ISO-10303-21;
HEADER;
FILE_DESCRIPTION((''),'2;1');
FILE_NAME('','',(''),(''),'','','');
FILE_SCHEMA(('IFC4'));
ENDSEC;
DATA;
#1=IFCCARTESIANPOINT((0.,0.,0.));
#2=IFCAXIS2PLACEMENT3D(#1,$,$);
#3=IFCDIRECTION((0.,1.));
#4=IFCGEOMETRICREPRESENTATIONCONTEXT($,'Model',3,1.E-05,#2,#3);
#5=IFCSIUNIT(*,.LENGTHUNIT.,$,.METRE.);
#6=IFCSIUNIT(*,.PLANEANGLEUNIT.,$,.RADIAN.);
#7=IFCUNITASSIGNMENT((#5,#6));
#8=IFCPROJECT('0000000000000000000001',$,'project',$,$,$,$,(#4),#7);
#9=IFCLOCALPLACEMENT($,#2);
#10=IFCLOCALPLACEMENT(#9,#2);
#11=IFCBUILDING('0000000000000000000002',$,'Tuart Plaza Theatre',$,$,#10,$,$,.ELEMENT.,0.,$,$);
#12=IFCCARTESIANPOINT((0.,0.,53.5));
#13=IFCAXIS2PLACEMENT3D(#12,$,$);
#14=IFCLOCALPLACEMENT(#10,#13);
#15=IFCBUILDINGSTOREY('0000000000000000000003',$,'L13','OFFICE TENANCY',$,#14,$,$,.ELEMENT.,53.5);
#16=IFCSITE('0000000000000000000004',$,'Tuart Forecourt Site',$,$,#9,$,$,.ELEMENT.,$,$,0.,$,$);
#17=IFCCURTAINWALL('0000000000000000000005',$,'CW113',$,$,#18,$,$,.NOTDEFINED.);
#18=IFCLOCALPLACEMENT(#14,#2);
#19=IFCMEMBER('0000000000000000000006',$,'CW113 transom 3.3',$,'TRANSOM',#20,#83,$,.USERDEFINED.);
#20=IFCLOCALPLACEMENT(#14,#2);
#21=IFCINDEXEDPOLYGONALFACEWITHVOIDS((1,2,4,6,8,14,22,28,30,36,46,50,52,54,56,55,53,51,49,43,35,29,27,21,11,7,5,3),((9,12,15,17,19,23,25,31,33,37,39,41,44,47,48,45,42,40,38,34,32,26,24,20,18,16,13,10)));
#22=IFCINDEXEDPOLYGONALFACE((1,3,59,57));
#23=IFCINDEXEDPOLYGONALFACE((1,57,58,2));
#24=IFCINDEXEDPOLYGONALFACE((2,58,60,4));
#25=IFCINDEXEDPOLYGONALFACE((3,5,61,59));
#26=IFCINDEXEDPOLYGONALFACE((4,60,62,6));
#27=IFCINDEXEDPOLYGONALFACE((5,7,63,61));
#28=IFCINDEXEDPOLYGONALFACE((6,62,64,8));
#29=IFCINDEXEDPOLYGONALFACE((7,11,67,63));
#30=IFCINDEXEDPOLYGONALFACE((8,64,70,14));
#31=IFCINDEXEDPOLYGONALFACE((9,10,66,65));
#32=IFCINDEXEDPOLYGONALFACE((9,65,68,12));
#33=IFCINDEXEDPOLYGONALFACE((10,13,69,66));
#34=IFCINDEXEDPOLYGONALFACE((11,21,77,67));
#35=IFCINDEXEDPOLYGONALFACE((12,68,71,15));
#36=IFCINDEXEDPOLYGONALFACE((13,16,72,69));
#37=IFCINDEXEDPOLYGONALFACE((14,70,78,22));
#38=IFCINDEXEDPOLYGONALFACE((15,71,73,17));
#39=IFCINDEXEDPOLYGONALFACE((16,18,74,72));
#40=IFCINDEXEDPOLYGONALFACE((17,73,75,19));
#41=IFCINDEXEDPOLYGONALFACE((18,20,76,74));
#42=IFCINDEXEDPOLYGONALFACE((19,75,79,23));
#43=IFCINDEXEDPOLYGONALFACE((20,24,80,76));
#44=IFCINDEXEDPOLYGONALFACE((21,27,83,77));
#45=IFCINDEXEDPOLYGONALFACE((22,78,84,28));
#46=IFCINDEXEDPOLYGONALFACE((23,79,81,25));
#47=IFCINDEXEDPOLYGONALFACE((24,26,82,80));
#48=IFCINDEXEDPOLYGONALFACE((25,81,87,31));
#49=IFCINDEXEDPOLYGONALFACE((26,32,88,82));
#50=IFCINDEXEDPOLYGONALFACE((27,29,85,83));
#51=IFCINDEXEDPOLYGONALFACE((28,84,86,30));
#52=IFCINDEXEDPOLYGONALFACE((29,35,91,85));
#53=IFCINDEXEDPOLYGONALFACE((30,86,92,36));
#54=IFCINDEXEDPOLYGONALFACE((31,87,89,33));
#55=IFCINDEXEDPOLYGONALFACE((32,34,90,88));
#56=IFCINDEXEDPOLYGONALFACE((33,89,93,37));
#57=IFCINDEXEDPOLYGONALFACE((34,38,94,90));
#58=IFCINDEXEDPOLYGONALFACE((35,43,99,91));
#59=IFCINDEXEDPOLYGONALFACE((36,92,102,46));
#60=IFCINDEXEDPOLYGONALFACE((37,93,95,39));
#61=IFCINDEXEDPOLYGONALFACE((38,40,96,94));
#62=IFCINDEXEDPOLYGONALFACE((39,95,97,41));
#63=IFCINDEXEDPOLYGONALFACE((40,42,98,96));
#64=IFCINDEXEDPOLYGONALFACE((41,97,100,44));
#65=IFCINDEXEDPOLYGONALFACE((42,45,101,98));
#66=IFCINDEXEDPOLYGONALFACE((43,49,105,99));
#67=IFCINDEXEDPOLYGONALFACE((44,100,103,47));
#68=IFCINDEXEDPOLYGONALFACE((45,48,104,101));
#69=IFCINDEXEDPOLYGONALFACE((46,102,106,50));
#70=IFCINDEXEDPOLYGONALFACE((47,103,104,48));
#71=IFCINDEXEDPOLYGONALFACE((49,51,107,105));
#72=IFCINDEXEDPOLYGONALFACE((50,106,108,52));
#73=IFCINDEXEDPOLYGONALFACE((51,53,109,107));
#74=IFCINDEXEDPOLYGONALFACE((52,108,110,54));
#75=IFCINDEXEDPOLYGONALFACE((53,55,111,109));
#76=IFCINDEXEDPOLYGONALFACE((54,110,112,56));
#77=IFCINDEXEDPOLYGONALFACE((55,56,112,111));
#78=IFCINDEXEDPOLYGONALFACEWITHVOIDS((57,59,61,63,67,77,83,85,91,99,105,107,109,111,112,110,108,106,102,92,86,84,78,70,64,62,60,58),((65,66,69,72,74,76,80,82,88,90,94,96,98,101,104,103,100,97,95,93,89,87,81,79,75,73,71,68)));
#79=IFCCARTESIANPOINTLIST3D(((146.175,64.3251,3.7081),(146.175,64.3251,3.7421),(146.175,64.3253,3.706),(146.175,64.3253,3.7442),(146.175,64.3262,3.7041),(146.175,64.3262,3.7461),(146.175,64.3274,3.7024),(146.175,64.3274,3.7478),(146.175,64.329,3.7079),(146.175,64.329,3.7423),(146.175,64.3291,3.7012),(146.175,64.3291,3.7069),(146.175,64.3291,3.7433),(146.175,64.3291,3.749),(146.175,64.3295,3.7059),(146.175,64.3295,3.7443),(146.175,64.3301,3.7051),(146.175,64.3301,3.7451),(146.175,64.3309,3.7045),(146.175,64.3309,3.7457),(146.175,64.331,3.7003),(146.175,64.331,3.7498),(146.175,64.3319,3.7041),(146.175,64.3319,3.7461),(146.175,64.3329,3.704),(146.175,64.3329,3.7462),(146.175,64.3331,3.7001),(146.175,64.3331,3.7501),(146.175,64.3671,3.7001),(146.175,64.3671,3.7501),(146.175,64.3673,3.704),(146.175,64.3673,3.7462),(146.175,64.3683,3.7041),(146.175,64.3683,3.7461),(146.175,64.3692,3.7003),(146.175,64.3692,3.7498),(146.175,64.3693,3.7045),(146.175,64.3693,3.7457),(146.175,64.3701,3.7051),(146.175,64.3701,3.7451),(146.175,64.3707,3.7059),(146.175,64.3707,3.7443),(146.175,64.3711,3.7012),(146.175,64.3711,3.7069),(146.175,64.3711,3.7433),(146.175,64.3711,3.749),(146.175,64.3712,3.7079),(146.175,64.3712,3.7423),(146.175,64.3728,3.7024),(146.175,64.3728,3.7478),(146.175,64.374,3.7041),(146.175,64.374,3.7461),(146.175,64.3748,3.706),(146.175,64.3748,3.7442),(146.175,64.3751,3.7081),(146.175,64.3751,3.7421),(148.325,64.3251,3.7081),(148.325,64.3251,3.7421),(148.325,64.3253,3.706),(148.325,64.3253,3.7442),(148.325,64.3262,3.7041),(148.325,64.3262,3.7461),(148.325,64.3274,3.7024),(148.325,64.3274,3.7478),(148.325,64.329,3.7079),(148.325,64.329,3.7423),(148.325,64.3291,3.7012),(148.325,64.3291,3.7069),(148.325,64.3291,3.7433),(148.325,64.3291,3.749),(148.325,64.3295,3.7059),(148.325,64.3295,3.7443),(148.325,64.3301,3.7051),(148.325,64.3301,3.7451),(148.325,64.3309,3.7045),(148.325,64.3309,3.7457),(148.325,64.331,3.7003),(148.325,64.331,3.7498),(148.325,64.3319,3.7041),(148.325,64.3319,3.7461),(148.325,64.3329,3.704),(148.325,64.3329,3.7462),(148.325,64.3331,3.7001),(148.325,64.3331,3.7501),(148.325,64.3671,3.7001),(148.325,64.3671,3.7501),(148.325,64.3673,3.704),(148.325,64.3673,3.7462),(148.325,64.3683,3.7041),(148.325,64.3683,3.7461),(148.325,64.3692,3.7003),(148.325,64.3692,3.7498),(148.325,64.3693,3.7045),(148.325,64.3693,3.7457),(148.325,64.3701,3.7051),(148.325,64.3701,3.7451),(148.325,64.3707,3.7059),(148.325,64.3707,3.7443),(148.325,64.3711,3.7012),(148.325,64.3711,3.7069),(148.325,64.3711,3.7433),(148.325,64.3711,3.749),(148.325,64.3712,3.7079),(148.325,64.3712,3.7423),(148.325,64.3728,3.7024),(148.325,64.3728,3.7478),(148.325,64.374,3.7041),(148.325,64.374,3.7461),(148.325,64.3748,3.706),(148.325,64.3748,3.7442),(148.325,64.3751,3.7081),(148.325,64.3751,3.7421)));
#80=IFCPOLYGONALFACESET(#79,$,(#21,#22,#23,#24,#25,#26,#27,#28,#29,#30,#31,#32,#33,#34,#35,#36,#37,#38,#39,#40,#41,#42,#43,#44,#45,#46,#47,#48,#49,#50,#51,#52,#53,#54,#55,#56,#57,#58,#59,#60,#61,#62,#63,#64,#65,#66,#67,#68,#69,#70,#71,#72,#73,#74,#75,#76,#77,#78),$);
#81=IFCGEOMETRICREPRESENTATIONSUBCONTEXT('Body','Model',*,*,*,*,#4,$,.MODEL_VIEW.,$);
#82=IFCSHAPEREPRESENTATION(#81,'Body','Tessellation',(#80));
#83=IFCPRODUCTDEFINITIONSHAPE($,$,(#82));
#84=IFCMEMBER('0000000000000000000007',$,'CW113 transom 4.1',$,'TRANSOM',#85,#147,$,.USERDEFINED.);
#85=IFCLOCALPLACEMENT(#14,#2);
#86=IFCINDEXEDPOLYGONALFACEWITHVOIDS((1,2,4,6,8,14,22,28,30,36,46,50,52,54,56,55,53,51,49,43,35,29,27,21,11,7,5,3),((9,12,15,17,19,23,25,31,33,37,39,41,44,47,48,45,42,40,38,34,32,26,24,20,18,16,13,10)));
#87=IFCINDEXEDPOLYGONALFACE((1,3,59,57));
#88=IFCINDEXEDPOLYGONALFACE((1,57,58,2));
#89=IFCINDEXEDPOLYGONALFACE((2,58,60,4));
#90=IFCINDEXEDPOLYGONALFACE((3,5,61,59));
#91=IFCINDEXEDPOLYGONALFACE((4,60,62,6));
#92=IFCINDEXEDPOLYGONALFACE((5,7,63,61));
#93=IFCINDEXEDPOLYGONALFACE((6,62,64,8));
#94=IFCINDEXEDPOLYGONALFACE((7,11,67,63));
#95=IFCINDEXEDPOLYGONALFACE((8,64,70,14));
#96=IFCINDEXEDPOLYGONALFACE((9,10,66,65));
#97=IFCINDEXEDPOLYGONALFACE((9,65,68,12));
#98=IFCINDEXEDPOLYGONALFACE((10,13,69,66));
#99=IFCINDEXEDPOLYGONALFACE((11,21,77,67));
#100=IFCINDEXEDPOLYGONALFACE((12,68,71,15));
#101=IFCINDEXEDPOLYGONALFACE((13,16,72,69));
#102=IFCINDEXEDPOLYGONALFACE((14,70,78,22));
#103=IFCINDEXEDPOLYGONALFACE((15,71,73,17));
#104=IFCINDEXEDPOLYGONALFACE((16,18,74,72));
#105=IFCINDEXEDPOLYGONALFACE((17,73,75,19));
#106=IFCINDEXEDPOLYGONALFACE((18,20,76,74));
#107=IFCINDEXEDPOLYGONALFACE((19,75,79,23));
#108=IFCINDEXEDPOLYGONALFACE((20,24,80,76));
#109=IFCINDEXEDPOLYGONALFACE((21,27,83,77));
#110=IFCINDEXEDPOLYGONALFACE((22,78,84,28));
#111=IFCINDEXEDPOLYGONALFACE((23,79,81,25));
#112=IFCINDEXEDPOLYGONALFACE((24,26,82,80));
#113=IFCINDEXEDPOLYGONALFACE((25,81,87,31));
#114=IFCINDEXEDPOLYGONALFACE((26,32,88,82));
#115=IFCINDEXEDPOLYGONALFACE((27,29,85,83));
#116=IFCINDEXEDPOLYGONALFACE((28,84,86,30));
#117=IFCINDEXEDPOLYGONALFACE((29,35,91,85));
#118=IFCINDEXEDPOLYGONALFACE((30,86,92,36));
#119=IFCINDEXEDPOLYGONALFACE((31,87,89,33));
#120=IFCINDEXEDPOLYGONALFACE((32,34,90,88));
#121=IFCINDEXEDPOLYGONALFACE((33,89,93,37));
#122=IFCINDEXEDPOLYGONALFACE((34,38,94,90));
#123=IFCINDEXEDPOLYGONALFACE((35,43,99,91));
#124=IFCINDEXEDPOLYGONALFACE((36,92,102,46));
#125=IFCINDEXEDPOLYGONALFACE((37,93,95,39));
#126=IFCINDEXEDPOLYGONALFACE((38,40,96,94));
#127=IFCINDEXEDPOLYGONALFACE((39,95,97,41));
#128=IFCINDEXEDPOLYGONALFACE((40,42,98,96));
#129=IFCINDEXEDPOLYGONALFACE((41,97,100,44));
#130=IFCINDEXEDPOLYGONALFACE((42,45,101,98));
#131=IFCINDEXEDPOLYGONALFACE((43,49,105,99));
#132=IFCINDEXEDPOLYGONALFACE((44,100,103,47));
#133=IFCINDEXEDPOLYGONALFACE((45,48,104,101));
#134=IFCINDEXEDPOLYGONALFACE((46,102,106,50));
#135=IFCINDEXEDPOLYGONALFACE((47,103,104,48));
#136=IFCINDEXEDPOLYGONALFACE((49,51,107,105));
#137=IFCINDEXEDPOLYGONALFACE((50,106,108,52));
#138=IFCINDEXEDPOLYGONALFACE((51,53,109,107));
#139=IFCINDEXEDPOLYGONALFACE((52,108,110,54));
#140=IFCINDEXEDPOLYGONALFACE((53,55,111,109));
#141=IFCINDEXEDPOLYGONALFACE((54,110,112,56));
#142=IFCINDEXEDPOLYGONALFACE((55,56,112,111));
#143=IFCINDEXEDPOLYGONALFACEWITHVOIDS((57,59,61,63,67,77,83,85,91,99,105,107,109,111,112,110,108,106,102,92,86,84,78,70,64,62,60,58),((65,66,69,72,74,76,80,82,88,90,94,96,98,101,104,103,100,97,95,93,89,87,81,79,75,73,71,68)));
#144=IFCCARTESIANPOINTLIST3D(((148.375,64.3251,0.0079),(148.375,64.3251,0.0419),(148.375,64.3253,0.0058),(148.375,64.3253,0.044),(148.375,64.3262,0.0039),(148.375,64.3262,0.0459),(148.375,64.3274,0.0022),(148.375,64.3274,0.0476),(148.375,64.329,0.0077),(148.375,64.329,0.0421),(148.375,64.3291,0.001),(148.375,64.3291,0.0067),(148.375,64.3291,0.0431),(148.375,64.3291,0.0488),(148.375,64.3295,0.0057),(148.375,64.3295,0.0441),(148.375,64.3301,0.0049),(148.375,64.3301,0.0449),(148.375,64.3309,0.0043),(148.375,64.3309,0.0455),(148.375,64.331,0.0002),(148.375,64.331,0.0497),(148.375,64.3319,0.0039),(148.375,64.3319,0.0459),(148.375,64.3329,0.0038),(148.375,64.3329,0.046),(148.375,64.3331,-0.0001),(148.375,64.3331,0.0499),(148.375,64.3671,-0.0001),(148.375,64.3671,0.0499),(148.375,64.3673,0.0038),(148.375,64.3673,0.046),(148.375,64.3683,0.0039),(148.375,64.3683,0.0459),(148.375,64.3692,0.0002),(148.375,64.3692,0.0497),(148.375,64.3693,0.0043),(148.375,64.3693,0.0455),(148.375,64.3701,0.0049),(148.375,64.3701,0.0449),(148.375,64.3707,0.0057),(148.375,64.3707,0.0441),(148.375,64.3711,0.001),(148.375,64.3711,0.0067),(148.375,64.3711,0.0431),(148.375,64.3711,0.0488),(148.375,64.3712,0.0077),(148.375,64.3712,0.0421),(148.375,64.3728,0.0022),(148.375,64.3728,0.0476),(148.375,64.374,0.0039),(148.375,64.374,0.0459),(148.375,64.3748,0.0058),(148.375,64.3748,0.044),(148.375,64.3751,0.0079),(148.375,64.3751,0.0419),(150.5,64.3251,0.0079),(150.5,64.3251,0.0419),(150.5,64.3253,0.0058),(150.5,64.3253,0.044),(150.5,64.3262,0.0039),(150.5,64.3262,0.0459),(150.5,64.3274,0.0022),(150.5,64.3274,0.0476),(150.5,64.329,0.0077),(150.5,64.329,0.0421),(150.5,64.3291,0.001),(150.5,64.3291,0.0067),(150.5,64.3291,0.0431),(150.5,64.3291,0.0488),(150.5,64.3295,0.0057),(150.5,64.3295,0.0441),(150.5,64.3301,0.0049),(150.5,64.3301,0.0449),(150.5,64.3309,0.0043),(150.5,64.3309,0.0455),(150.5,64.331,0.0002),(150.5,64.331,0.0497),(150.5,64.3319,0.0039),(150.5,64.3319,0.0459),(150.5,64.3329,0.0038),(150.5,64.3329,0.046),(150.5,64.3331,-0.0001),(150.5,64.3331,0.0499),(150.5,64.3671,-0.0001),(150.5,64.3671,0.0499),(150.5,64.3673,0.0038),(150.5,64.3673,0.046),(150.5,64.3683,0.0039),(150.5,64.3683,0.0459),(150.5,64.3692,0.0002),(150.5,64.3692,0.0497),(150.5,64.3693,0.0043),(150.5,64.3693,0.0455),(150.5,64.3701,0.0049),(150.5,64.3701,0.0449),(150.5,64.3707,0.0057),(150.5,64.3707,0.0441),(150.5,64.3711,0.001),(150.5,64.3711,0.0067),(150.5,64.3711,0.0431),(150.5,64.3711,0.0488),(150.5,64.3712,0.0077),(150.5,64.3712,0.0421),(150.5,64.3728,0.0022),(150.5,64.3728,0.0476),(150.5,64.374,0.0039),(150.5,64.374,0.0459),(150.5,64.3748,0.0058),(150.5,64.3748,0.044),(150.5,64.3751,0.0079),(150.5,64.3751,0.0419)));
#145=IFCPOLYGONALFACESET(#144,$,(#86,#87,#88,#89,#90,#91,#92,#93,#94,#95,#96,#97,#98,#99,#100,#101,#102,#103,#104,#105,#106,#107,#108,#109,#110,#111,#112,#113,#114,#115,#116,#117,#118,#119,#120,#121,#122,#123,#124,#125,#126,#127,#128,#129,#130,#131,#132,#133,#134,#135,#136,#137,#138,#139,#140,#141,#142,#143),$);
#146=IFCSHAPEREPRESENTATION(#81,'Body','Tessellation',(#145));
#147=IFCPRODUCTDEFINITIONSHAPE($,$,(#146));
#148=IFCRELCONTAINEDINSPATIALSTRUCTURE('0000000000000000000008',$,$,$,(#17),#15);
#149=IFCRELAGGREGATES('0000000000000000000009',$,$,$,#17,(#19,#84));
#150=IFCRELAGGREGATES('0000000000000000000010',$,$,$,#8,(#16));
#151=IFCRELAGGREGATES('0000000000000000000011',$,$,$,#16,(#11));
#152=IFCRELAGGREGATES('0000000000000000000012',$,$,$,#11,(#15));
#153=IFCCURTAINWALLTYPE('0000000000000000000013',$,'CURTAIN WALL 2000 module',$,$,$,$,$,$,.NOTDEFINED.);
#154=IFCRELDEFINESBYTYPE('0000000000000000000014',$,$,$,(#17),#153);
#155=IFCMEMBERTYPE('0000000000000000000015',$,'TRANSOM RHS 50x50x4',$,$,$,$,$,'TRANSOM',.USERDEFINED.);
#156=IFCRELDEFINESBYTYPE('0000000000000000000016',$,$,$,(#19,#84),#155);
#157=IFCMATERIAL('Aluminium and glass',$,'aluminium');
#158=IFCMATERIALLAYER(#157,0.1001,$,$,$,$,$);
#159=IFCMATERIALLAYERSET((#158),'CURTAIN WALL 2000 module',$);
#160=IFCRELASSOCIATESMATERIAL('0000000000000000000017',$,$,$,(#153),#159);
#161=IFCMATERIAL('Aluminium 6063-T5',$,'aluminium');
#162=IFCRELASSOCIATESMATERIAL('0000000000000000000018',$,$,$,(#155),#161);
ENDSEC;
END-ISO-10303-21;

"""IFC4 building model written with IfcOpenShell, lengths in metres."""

from ifc_helpers import new_model, si_unit, direction, frame, origin, origin_2d, place, context, subcontext, project, spatial, hollow_rectangle, extrude, material, layer, layer_set, material_profile, profile_set, type_object, element, aggregate, save


model = new_model("IFC4")

# Units and contexts
model_context = context("Model", 3, precision=1e-05, world=origin(), true_north=direction((0.0, 1.0)))
body_context = subcontext(model_context, "Body", "Model", "MODEL_VIEW")
ifc_project = project(units=[si_unit("LENGTHUNIT", "METRE"), si_unit("PLANEANGLEUNIT", "RADIAN")], contexts=[model_context])

# Site, building, storey
site_placement = place(None, origin())
site = spatial("IfcSite", under=ifc_project, at=site_placement, Name="Tuart Forecourt Site", CompositionType="ELEMENT", RefElevation=0.0)
building_placement = place(site_placement, origin())
building = spatial("IfcBuilding", under=site, at=building_placement, Name="Tuart Plaza Theatre", CompositionType="ELEMENT", ElevationOfRefHeight=0.0)
storey_placement = place(building_placement, frame((0.0, 0.0, 53.5)))
storey = spatial("IfcBuildingStorey", under=building, at=storey_placement, Name="L13", Description="OFFICE TENANCY", CompositionType="ELEMENT", Elevation=53.5)

# Curtain wall, members
ifc_material_1 = material(Name="Aluminium and glass", Category="aluminium")
ifc_layer_1 = layer(ifc_material_1, 0.1001)
ifc_layer_set_1 = layer_set([ifc_layer_1], Name="CURTAIN WALL 2000 module")
curtain_wall_type = type_object("IfcCurtainWallType", Name="CURTAIN WALL 2000 module", PredefinedType="NOTDEFINED", material=ifc_layer_set_1)
curtain_wall_placement = place(storey_placement, origin())
curtain_wall = element("IfcCurtainWall", 1, at=curtain_wall_placement, inside=storey, type_object=curtain_wall_type, Name="CW113", PredefinedType="NOTDEFINED")
ifc_material_2 = material(Name="Aluminium 6063-T5", Category="aluminium")
ifc_material_profile_1 = material_profile(ifc_material_2, hollow_rectangle(XDim=0.05, YDim=0.05, WallThickness=0.0039, InnerFilletRadius=0.0039, OuterFilletRadius=0.0081, at=origin_2d()), Name="RHS 50x50x4")
ifc_profile_set_1 = profile_set([ifc_material_profile_1], Name="Aluminium 6063-T5")
member_type_1 = type_object("IfcMemberType", Name="TRANSOM RHS 50x50x4", ElementType="TRANSOM", PredefinedType="USERDEFINED", material=ifc_profile_set_1)
member_1_placement = place(storey_placement, frame((146.175, 64.3501, 3.7251), z_axis=(1.0, 0.0, 0.0), x_axis=(0.0, 1.0, 0.0)))
member_1 = element("IfcMember", 2, at=member_1_placement, type_object=member_type_1, Name="CW113 transom 3.3", ObjectType="TRANSOM", PredefinedType="USERDEFINED", context=body_context, shape_type="SweptSolid", body=[
    extrude(hollow_rectangle(XDim=0.05, YDim=0.05, WallThickness=0.0039, InnerFilletRadius=0.0039, OuterFilletRadius=0.0081, at=origin_2d()), origin(), (0.0, 0.0, 1.0), 2.1499),
])
member_2_placement = place(storey_placement, frame((148.375, 64.3501, 0.0249), z_axis=(1.0, 0.0, 0.0), x_axis=(0.0, 1.0, 0.0)))
member_2 = element("IfcMember", 3, at=member_2_placement, type_object=member_type_1, Name="CW113 transom 4.1", ObjectType="TRANSOM", PredefinedType="USERDEFINED", context=body_context, shape_type="SweptSolid", body=[
    extrude(hollow_rectangle(XDim=0.05, YDim=0.05, WallThickness=0.0039, InnerFilletRadius=0.0039, OuterFilletRadius=0.0081, at=origin_2d()), origin(), (0.0, 0.0, 1.0), 2.125),
])
aggregate(curtain_wall, [member_1, member_2])

save(model, "model.ifc")
